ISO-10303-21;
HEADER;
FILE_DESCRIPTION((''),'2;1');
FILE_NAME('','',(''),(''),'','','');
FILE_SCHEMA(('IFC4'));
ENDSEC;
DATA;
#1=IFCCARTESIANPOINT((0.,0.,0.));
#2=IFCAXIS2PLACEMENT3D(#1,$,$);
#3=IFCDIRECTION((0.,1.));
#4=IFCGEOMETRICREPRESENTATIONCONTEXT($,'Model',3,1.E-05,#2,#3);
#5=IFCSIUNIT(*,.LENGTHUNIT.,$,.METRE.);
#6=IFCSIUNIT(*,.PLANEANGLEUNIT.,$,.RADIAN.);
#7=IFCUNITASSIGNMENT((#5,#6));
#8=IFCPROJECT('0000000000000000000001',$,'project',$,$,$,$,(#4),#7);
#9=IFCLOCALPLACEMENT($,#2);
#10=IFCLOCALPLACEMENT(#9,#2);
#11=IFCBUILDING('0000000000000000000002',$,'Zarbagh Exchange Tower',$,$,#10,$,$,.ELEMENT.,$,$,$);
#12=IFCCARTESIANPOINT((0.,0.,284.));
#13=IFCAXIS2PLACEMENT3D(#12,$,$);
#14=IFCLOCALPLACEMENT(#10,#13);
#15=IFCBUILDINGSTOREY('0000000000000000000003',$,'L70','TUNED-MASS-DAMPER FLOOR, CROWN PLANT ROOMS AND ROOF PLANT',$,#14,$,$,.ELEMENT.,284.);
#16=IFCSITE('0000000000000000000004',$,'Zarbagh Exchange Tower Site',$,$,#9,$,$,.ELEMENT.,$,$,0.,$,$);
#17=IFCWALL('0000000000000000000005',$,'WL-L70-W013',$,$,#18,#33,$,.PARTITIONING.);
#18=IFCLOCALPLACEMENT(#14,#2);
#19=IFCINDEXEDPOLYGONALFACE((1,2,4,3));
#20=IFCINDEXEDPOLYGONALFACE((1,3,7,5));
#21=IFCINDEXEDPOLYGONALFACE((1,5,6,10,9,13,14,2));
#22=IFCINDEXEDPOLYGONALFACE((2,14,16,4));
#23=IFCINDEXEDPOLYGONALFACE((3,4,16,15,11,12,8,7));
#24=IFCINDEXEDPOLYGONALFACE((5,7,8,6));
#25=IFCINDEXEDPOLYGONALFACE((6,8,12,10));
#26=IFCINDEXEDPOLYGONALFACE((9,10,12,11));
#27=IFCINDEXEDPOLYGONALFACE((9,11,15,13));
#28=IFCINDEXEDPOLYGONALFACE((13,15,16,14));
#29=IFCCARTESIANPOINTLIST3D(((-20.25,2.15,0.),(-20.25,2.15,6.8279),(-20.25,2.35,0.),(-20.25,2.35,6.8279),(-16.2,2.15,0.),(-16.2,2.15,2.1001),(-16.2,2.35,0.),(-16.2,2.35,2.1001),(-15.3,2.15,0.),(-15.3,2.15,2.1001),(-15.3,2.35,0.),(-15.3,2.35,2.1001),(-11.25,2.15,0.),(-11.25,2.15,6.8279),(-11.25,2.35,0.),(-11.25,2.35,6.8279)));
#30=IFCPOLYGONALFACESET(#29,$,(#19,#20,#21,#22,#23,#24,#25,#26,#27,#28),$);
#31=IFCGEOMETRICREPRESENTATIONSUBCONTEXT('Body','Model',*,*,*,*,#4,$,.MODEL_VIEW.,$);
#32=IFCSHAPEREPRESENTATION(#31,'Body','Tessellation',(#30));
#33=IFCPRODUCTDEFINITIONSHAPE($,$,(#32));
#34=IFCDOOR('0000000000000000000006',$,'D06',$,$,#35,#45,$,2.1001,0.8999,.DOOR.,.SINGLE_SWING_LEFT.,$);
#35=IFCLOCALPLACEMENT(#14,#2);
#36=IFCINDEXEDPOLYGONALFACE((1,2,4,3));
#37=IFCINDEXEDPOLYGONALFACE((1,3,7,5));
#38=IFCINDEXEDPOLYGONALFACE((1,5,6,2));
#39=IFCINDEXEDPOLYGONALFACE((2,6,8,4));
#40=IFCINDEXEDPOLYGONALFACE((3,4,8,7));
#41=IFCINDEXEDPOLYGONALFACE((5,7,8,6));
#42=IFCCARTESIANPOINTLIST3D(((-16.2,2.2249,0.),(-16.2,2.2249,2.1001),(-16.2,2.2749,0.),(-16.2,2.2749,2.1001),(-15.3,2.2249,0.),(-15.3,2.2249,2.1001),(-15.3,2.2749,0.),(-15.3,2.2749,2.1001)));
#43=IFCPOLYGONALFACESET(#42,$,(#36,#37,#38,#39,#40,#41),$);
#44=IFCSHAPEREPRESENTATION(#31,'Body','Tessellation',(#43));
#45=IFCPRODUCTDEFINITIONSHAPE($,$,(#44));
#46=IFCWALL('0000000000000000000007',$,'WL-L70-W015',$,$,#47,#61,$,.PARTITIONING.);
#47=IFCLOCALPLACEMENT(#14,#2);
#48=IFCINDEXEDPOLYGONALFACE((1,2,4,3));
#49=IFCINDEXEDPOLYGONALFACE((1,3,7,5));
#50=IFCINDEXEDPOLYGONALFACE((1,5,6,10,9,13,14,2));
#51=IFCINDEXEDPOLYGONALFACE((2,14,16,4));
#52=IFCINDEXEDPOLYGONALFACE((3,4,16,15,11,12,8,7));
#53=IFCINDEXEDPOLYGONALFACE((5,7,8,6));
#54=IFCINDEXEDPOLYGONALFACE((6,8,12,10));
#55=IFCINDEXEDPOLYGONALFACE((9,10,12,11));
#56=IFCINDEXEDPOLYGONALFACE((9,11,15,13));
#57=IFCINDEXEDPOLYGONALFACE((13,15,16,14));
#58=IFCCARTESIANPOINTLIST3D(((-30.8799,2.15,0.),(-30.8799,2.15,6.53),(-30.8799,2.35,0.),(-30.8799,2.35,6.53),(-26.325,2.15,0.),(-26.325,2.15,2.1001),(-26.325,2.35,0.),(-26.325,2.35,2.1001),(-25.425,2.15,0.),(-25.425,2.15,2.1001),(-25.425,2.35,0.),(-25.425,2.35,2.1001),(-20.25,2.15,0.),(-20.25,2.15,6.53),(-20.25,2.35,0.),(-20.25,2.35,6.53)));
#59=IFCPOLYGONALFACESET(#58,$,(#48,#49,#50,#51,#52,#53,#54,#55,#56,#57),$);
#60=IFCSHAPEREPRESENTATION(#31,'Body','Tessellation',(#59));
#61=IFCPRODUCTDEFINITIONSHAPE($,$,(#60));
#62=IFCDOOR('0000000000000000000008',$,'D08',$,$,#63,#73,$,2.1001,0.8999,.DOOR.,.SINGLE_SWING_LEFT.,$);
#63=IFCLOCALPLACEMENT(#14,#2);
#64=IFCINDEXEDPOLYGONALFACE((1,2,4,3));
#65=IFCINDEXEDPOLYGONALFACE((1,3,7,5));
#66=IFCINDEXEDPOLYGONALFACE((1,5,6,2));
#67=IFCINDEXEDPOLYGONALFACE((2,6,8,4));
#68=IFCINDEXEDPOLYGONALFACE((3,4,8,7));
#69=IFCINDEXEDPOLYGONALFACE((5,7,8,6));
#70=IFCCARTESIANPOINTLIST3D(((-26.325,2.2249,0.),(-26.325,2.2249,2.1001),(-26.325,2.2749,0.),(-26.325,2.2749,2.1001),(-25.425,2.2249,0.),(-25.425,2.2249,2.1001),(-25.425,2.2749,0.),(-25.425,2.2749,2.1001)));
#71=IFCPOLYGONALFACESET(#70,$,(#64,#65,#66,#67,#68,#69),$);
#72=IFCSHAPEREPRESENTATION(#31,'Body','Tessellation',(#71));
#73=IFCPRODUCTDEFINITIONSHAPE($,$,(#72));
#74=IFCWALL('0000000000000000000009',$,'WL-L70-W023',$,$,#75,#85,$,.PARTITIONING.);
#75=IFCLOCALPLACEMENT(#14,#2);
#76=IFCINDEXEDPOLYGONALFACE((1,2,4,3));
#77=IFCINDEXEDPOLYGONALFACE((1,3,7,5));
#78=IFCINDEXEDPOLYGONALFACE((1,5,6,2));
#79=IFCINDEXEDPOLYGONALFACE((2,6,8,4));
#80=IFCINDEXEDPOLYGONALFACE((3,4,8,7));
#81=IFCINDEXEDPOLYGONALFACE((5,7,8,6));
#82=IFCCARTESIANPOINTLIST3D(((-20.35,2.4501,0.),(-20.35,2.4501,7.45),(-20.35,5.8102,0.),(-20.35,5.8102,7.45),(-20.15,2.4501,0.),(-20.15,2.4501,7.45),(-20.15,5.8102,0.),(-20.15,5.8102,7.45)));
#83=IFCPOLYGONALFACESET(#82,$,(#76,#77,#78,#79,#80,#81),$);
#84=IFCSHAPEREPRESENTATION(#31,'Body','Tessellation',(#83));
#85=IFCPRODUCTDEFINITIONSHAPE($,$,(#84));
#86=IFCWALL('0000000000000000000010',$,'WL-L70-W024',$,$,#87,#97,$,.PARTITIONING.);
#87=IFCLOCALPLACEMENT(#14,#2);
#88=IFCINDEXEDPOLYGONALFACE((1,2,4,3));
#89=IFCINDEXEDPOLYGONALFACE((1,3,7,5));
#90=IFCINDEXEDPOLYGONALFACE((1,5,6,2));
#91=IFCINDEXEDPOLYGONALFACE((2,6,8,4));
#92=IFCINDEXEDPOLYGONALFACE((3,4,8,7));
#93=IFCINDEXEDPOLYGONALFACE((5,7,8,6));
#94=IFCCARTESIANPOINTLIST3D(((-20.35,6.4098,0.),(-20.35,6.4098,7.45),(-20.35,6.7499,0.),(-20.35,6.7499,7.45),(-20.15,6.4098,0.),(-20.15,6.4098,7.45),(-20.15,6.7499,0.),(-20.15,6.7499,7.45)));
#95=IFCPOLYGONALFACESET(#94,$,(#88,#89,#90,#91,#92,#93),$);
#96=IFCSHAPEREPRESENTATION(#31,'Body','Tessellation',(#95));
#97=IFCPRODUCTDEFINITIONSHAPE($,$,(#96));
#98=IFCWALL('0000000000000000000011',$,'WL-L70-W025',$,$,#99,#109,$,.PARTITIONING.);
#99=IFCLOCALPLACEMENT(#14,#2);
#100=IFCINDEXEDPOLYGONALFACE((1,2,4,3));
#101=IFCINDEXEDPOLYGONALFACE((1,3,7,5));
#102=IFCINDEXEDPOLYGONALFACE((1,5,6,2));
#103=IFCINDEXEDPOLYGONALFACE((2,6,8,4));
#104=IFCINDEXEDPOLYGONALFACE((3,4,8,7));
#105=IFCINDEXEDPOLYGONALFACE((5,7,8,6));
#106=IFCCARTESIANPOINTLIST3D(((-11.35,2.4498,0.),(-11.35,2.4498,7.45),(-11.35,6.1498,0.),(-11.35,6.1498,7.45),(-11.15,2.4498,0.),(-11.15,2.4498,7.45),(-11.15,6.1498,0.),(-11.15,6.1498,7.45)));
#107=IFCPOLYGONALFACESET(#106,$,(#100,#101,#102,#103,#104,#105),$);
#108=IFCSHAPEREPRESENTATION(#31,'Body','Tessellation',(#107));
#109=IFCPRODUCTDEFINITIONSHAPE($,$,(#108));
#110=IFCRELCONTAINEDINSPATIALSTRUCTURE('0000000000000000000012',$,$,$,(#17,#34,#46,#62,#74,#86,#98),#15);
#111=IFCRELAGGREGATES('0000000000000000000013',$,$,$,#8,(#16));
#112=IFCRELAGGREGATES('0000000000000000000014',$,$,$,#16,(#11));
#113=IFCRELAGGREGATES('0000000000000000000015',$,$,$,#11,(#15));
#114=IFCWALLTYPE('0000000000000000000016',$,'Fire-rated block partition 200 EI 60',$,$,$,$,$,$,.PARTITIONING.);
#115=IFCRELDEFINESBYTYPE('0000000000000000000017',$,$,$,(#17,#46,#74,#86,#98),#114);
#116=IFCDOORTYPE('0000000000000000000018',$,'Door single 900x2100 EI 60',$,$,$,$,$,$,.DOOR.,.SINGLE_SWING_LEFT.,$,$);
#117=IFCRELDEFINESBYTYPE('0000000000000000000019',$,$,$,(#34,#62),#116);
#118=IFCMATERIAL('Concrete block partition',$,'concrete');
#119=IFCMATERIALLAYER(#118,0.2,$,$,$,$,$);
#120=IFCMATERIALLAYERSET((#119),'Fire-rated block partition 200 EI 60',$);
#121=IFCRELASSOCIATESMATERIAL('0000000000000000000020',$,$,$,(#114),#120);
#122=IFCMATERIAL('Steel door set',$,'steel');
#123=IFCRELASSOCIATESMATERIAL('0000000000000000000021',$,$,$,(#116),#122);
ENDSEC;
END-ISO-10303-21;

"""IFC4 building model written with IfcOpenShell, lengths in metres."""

from ifc_helpers import new_model, si_unit, direction, frame, frame_2d, origin, place, context, subcontext, project, spatial, rectangle, extrude, material, layer, layer_set, type_object, element, fill, save


model = new_model("IFC4")

# Units and contexts
model_context = context("Model", 3, precision=1e-05, world=origin(), true_north=direction((0.0, 1.0)))
body_context = subcontext(model_context, "Body", "Model", "MODEL_VIEW")
ifc_project = project(units=[si_unit("LENGTHUNIT", "METRE"), si_unit("PLANEANGLEUNIT", "RADIAN")], contexts=[model_context])

# Site, building, storey
site_placement = place(None, origin())
site = spatial("IfcSite", under=ifc_project, at=site_placement, Name="Zarbagh Exchange Tower Site", CompositionType="ELEMENT", RefElevation=0.0)
building_placement = place(site_placement, origin())
building = spatial("IfcBuilding", under=site, at=building_placement, Name="Zarbagh Exchange Tower", CompositionType="ELEMENT")
storey_placement = place(building_placement, frame((0.0, 0.0, 284.0)))
storey = spatial("IfcBuildingStorey", under=building, at=storey_placement, Name="L70", Description="TUNED-MASS-DAMPER FLOOR, CROWN PLANT ROOMS AND ROOF PLANT", CompositionType="ELEMENT", Elevation=284.0)

# Walls, openings, doors
ifc_material_1 = material(Name="Concrete block partition", Category="concrete")
ifc_layer = layer(ifc_material_1, 0.2)
ifc_layer_set = layer_set([ifc_layer], Name="Fire-rated block partition 200 EI 60")
wall_type = type_object("IfcWallType", Name="Fire-rated block partition 200 EI 60", PredefinedType="PARTITIONING", material=ifc_layer_set)
wall_1_placement = place(storey_placement, frame((-20.25, 2.25, 0.0), z_axis=(0.0, 0.0, 1.0), x_axis=(1.0, 0.0, 0.0)))
wall_1 = element("IfcWall", 1, at=wall_1_placement, inside=storey, type_object=wall_type, Name="WL-L70-W013", PredefinedType="PARTITIONING", context=body_context, shape_type="SweptSolid", body=[
    extrude(rectangle(XDim=9.0, YDim=0.2, at=frame_2d((4.5, 0.0))), origin(), (0.0, 0.0, 1.0), 6.8279),
])
opening_1_placement = place(wall_1_placement, frame((4.05, 0.0, 0.0)))
opening_1 = element("IfcOpeningElement", 2, at=opening_1_placement, cuts=wall_1, PredefinedType="OPENING", context=body_context, shape_type="SweptSolid", body=[
    extrude(rectangle(XDim=0.8999, YDim=2.1001, at=frame_2d((0.45, 1.05))), frame((0.0, 0.1099, 0.0), z_axis=(0.0, -1.0, 0.0), x_axis=(1.0, 0.0, 0.0)), (0.0, 0.0, 1.0), 0.22),
])
ifc_material_2 = material(Name="Steel door set", Category="steel")
door_type = type_object("IfcDoorType", Name="Door single 900x2100 EI 60", OperationType="SINGLE_SWING_LEFT", PredefinedType="DOOR", material=ifc_material_2)
door_1_placement = place(opening_1_placement, origin())
door_1 = element("IfcDoor", 3, at=door_1_placement, inside=storey, type_object=door_type, Name="D06", OperationType="SINGLE_SWING_LEFT", OverallHeight=2.1001, OverallWidth=0.8999, PredefinedType="DOOR", context=body_context, shape_type="SweptSolid", body=[
    extrude(rectangle(XDim=0.8999, YDim=2.1001, at=frame_2d((0.45, 1.05))), frame((0.0, 0.0249, 0.0), z_axis=(0.0, -1.0, 0.0), x_axis=(1.0, 0.0, 0.0)), (0.0, 0.0, 1.0), 0.05),
])
fill(opening_1, door_1)
wall_2_placement = place(storey_placement, frame((-30.8799, 2.25, 0.0), z_axis=(0.0, 0.0, 1.0), x_axis=(1.0, 0.0, 0.0)))
wall_2 = element("IfcWall", 4, at=wall_2_placement, inside=storey, type_object=wall_type, Name="WL-L70-W015", PredefinedType="PARTITIONING", context=body_context, shape_type="SweptSolid", body=[
    extrude(rectangle(XDim=10.6299, YDim=0.2, at=frame_2d((5.3149, 0.0))), origin(), (0.0, 0.0, 1.0), 6.53),
])
opening_2_placement = place(wall_2_placement, frame((4.5549, 0.0, 0.0)))
opening_2 = element("IfcOpeningElement", 5, at=opening_2_placement, cuts=wall_2, PredefinedType="OPENING", context=body_context, shape_type="SweptSolid", body=[
    extrude(rectangle(XDim=0.8999, YDim=2.1001, at=frame_2d((0.45, 1.05))), frame((0.0, 0.1099, 0.0), z_axis=(0.0, -1.0, 0.0), x_axis=(1.0, 0.0, 0.0)), (0.0, 0.0, 1.0), 0.22),
])
door_2_placement = place(opening_2_placement, origin())
door_2 = element("IfcDoor", 6, at=door_2_placement, inside=storey, type_object=door_type, Name="D08", OperationType="SINGLE_SWING_LEFT", OverallHeight=2.1001, OverallWidth=0.8999, PredefinedType="DOOR", context=body_context, shape_type="SweptSolid", body=[
    extrude(rectangle(XDim=0.8999, YDim=2.1001, at=frame_2d((0.45, 1.05))), frame((0.0, 0.0249, 0.0), z_axis=(0.0, -1.0, 0.0), x_axis=(1.0, 0.0, 0.0)), (0.0, 0.0, 1.0), 0.05),
])
fill(opening_2, door_2)

# Walls
wall_3_placement = place(storey_placement, frame((-20.25, 2.45, 0.0), z_axis=(0.0, 0.0, 1.0), x_axis=(0.0, 1.0, 0.0)))
element("IfcWall", 7, at=wall_3_placement, inside=storey, type_object=wall_type, Name="WL-L70-W023", PredefinedType="PARTITIONING", context=body_context, shape_type="SweptSolid", body=[
    extrude(rectangle(XDim=3.3601, YDim=0.2, at=frame_2d((1.6802, 0.0))), origin(), (0.0, 0.0, 1.0), 7.45),
])
wall_4_placement = place(storey_placement, frame((-20.25, 6.4099, 0.0), z_axis=(0.0, 0.0, 1.0), x_axis=(0.0, 1.0, 0.0)))
element("IfcWall", 8, at=wall_4_placement, inside=storey, type_object=wall_type, Name="WL-L70-W024", PredefinedType="PARTITIONING", context=body_context, shape_type="SweptSolid", body=[
    extrude(rectangle(XDim=0.3401, YDim=0.2, at=frame_2d((0.1699, 0.0))), origin(), (0.0, 0.0, 1.0), 7.45),
])
wall_5_placement = place(storey_placement, frame((-11.25, 6.1499, 0.0), z_axis=(0.0, 0.0, 1.0), x_axis=(0.0, -1.0, 0.0)))
element("IfcWall", 9, at=wall_5_placement, inside=storey, type_object=wall_type, Name="WL-L70-W025", PredefinedType="PARTITIONING", context=body_context, shape_type="SweptSolid", body=[
    extrude(rectangle(XDim=3.7, YDim=0.2, at=frame_2d((1.8501, 0.0))), origin(), (0.0, 0.0, 1.0), 7.45),
])

save(model, "model.ifc")
